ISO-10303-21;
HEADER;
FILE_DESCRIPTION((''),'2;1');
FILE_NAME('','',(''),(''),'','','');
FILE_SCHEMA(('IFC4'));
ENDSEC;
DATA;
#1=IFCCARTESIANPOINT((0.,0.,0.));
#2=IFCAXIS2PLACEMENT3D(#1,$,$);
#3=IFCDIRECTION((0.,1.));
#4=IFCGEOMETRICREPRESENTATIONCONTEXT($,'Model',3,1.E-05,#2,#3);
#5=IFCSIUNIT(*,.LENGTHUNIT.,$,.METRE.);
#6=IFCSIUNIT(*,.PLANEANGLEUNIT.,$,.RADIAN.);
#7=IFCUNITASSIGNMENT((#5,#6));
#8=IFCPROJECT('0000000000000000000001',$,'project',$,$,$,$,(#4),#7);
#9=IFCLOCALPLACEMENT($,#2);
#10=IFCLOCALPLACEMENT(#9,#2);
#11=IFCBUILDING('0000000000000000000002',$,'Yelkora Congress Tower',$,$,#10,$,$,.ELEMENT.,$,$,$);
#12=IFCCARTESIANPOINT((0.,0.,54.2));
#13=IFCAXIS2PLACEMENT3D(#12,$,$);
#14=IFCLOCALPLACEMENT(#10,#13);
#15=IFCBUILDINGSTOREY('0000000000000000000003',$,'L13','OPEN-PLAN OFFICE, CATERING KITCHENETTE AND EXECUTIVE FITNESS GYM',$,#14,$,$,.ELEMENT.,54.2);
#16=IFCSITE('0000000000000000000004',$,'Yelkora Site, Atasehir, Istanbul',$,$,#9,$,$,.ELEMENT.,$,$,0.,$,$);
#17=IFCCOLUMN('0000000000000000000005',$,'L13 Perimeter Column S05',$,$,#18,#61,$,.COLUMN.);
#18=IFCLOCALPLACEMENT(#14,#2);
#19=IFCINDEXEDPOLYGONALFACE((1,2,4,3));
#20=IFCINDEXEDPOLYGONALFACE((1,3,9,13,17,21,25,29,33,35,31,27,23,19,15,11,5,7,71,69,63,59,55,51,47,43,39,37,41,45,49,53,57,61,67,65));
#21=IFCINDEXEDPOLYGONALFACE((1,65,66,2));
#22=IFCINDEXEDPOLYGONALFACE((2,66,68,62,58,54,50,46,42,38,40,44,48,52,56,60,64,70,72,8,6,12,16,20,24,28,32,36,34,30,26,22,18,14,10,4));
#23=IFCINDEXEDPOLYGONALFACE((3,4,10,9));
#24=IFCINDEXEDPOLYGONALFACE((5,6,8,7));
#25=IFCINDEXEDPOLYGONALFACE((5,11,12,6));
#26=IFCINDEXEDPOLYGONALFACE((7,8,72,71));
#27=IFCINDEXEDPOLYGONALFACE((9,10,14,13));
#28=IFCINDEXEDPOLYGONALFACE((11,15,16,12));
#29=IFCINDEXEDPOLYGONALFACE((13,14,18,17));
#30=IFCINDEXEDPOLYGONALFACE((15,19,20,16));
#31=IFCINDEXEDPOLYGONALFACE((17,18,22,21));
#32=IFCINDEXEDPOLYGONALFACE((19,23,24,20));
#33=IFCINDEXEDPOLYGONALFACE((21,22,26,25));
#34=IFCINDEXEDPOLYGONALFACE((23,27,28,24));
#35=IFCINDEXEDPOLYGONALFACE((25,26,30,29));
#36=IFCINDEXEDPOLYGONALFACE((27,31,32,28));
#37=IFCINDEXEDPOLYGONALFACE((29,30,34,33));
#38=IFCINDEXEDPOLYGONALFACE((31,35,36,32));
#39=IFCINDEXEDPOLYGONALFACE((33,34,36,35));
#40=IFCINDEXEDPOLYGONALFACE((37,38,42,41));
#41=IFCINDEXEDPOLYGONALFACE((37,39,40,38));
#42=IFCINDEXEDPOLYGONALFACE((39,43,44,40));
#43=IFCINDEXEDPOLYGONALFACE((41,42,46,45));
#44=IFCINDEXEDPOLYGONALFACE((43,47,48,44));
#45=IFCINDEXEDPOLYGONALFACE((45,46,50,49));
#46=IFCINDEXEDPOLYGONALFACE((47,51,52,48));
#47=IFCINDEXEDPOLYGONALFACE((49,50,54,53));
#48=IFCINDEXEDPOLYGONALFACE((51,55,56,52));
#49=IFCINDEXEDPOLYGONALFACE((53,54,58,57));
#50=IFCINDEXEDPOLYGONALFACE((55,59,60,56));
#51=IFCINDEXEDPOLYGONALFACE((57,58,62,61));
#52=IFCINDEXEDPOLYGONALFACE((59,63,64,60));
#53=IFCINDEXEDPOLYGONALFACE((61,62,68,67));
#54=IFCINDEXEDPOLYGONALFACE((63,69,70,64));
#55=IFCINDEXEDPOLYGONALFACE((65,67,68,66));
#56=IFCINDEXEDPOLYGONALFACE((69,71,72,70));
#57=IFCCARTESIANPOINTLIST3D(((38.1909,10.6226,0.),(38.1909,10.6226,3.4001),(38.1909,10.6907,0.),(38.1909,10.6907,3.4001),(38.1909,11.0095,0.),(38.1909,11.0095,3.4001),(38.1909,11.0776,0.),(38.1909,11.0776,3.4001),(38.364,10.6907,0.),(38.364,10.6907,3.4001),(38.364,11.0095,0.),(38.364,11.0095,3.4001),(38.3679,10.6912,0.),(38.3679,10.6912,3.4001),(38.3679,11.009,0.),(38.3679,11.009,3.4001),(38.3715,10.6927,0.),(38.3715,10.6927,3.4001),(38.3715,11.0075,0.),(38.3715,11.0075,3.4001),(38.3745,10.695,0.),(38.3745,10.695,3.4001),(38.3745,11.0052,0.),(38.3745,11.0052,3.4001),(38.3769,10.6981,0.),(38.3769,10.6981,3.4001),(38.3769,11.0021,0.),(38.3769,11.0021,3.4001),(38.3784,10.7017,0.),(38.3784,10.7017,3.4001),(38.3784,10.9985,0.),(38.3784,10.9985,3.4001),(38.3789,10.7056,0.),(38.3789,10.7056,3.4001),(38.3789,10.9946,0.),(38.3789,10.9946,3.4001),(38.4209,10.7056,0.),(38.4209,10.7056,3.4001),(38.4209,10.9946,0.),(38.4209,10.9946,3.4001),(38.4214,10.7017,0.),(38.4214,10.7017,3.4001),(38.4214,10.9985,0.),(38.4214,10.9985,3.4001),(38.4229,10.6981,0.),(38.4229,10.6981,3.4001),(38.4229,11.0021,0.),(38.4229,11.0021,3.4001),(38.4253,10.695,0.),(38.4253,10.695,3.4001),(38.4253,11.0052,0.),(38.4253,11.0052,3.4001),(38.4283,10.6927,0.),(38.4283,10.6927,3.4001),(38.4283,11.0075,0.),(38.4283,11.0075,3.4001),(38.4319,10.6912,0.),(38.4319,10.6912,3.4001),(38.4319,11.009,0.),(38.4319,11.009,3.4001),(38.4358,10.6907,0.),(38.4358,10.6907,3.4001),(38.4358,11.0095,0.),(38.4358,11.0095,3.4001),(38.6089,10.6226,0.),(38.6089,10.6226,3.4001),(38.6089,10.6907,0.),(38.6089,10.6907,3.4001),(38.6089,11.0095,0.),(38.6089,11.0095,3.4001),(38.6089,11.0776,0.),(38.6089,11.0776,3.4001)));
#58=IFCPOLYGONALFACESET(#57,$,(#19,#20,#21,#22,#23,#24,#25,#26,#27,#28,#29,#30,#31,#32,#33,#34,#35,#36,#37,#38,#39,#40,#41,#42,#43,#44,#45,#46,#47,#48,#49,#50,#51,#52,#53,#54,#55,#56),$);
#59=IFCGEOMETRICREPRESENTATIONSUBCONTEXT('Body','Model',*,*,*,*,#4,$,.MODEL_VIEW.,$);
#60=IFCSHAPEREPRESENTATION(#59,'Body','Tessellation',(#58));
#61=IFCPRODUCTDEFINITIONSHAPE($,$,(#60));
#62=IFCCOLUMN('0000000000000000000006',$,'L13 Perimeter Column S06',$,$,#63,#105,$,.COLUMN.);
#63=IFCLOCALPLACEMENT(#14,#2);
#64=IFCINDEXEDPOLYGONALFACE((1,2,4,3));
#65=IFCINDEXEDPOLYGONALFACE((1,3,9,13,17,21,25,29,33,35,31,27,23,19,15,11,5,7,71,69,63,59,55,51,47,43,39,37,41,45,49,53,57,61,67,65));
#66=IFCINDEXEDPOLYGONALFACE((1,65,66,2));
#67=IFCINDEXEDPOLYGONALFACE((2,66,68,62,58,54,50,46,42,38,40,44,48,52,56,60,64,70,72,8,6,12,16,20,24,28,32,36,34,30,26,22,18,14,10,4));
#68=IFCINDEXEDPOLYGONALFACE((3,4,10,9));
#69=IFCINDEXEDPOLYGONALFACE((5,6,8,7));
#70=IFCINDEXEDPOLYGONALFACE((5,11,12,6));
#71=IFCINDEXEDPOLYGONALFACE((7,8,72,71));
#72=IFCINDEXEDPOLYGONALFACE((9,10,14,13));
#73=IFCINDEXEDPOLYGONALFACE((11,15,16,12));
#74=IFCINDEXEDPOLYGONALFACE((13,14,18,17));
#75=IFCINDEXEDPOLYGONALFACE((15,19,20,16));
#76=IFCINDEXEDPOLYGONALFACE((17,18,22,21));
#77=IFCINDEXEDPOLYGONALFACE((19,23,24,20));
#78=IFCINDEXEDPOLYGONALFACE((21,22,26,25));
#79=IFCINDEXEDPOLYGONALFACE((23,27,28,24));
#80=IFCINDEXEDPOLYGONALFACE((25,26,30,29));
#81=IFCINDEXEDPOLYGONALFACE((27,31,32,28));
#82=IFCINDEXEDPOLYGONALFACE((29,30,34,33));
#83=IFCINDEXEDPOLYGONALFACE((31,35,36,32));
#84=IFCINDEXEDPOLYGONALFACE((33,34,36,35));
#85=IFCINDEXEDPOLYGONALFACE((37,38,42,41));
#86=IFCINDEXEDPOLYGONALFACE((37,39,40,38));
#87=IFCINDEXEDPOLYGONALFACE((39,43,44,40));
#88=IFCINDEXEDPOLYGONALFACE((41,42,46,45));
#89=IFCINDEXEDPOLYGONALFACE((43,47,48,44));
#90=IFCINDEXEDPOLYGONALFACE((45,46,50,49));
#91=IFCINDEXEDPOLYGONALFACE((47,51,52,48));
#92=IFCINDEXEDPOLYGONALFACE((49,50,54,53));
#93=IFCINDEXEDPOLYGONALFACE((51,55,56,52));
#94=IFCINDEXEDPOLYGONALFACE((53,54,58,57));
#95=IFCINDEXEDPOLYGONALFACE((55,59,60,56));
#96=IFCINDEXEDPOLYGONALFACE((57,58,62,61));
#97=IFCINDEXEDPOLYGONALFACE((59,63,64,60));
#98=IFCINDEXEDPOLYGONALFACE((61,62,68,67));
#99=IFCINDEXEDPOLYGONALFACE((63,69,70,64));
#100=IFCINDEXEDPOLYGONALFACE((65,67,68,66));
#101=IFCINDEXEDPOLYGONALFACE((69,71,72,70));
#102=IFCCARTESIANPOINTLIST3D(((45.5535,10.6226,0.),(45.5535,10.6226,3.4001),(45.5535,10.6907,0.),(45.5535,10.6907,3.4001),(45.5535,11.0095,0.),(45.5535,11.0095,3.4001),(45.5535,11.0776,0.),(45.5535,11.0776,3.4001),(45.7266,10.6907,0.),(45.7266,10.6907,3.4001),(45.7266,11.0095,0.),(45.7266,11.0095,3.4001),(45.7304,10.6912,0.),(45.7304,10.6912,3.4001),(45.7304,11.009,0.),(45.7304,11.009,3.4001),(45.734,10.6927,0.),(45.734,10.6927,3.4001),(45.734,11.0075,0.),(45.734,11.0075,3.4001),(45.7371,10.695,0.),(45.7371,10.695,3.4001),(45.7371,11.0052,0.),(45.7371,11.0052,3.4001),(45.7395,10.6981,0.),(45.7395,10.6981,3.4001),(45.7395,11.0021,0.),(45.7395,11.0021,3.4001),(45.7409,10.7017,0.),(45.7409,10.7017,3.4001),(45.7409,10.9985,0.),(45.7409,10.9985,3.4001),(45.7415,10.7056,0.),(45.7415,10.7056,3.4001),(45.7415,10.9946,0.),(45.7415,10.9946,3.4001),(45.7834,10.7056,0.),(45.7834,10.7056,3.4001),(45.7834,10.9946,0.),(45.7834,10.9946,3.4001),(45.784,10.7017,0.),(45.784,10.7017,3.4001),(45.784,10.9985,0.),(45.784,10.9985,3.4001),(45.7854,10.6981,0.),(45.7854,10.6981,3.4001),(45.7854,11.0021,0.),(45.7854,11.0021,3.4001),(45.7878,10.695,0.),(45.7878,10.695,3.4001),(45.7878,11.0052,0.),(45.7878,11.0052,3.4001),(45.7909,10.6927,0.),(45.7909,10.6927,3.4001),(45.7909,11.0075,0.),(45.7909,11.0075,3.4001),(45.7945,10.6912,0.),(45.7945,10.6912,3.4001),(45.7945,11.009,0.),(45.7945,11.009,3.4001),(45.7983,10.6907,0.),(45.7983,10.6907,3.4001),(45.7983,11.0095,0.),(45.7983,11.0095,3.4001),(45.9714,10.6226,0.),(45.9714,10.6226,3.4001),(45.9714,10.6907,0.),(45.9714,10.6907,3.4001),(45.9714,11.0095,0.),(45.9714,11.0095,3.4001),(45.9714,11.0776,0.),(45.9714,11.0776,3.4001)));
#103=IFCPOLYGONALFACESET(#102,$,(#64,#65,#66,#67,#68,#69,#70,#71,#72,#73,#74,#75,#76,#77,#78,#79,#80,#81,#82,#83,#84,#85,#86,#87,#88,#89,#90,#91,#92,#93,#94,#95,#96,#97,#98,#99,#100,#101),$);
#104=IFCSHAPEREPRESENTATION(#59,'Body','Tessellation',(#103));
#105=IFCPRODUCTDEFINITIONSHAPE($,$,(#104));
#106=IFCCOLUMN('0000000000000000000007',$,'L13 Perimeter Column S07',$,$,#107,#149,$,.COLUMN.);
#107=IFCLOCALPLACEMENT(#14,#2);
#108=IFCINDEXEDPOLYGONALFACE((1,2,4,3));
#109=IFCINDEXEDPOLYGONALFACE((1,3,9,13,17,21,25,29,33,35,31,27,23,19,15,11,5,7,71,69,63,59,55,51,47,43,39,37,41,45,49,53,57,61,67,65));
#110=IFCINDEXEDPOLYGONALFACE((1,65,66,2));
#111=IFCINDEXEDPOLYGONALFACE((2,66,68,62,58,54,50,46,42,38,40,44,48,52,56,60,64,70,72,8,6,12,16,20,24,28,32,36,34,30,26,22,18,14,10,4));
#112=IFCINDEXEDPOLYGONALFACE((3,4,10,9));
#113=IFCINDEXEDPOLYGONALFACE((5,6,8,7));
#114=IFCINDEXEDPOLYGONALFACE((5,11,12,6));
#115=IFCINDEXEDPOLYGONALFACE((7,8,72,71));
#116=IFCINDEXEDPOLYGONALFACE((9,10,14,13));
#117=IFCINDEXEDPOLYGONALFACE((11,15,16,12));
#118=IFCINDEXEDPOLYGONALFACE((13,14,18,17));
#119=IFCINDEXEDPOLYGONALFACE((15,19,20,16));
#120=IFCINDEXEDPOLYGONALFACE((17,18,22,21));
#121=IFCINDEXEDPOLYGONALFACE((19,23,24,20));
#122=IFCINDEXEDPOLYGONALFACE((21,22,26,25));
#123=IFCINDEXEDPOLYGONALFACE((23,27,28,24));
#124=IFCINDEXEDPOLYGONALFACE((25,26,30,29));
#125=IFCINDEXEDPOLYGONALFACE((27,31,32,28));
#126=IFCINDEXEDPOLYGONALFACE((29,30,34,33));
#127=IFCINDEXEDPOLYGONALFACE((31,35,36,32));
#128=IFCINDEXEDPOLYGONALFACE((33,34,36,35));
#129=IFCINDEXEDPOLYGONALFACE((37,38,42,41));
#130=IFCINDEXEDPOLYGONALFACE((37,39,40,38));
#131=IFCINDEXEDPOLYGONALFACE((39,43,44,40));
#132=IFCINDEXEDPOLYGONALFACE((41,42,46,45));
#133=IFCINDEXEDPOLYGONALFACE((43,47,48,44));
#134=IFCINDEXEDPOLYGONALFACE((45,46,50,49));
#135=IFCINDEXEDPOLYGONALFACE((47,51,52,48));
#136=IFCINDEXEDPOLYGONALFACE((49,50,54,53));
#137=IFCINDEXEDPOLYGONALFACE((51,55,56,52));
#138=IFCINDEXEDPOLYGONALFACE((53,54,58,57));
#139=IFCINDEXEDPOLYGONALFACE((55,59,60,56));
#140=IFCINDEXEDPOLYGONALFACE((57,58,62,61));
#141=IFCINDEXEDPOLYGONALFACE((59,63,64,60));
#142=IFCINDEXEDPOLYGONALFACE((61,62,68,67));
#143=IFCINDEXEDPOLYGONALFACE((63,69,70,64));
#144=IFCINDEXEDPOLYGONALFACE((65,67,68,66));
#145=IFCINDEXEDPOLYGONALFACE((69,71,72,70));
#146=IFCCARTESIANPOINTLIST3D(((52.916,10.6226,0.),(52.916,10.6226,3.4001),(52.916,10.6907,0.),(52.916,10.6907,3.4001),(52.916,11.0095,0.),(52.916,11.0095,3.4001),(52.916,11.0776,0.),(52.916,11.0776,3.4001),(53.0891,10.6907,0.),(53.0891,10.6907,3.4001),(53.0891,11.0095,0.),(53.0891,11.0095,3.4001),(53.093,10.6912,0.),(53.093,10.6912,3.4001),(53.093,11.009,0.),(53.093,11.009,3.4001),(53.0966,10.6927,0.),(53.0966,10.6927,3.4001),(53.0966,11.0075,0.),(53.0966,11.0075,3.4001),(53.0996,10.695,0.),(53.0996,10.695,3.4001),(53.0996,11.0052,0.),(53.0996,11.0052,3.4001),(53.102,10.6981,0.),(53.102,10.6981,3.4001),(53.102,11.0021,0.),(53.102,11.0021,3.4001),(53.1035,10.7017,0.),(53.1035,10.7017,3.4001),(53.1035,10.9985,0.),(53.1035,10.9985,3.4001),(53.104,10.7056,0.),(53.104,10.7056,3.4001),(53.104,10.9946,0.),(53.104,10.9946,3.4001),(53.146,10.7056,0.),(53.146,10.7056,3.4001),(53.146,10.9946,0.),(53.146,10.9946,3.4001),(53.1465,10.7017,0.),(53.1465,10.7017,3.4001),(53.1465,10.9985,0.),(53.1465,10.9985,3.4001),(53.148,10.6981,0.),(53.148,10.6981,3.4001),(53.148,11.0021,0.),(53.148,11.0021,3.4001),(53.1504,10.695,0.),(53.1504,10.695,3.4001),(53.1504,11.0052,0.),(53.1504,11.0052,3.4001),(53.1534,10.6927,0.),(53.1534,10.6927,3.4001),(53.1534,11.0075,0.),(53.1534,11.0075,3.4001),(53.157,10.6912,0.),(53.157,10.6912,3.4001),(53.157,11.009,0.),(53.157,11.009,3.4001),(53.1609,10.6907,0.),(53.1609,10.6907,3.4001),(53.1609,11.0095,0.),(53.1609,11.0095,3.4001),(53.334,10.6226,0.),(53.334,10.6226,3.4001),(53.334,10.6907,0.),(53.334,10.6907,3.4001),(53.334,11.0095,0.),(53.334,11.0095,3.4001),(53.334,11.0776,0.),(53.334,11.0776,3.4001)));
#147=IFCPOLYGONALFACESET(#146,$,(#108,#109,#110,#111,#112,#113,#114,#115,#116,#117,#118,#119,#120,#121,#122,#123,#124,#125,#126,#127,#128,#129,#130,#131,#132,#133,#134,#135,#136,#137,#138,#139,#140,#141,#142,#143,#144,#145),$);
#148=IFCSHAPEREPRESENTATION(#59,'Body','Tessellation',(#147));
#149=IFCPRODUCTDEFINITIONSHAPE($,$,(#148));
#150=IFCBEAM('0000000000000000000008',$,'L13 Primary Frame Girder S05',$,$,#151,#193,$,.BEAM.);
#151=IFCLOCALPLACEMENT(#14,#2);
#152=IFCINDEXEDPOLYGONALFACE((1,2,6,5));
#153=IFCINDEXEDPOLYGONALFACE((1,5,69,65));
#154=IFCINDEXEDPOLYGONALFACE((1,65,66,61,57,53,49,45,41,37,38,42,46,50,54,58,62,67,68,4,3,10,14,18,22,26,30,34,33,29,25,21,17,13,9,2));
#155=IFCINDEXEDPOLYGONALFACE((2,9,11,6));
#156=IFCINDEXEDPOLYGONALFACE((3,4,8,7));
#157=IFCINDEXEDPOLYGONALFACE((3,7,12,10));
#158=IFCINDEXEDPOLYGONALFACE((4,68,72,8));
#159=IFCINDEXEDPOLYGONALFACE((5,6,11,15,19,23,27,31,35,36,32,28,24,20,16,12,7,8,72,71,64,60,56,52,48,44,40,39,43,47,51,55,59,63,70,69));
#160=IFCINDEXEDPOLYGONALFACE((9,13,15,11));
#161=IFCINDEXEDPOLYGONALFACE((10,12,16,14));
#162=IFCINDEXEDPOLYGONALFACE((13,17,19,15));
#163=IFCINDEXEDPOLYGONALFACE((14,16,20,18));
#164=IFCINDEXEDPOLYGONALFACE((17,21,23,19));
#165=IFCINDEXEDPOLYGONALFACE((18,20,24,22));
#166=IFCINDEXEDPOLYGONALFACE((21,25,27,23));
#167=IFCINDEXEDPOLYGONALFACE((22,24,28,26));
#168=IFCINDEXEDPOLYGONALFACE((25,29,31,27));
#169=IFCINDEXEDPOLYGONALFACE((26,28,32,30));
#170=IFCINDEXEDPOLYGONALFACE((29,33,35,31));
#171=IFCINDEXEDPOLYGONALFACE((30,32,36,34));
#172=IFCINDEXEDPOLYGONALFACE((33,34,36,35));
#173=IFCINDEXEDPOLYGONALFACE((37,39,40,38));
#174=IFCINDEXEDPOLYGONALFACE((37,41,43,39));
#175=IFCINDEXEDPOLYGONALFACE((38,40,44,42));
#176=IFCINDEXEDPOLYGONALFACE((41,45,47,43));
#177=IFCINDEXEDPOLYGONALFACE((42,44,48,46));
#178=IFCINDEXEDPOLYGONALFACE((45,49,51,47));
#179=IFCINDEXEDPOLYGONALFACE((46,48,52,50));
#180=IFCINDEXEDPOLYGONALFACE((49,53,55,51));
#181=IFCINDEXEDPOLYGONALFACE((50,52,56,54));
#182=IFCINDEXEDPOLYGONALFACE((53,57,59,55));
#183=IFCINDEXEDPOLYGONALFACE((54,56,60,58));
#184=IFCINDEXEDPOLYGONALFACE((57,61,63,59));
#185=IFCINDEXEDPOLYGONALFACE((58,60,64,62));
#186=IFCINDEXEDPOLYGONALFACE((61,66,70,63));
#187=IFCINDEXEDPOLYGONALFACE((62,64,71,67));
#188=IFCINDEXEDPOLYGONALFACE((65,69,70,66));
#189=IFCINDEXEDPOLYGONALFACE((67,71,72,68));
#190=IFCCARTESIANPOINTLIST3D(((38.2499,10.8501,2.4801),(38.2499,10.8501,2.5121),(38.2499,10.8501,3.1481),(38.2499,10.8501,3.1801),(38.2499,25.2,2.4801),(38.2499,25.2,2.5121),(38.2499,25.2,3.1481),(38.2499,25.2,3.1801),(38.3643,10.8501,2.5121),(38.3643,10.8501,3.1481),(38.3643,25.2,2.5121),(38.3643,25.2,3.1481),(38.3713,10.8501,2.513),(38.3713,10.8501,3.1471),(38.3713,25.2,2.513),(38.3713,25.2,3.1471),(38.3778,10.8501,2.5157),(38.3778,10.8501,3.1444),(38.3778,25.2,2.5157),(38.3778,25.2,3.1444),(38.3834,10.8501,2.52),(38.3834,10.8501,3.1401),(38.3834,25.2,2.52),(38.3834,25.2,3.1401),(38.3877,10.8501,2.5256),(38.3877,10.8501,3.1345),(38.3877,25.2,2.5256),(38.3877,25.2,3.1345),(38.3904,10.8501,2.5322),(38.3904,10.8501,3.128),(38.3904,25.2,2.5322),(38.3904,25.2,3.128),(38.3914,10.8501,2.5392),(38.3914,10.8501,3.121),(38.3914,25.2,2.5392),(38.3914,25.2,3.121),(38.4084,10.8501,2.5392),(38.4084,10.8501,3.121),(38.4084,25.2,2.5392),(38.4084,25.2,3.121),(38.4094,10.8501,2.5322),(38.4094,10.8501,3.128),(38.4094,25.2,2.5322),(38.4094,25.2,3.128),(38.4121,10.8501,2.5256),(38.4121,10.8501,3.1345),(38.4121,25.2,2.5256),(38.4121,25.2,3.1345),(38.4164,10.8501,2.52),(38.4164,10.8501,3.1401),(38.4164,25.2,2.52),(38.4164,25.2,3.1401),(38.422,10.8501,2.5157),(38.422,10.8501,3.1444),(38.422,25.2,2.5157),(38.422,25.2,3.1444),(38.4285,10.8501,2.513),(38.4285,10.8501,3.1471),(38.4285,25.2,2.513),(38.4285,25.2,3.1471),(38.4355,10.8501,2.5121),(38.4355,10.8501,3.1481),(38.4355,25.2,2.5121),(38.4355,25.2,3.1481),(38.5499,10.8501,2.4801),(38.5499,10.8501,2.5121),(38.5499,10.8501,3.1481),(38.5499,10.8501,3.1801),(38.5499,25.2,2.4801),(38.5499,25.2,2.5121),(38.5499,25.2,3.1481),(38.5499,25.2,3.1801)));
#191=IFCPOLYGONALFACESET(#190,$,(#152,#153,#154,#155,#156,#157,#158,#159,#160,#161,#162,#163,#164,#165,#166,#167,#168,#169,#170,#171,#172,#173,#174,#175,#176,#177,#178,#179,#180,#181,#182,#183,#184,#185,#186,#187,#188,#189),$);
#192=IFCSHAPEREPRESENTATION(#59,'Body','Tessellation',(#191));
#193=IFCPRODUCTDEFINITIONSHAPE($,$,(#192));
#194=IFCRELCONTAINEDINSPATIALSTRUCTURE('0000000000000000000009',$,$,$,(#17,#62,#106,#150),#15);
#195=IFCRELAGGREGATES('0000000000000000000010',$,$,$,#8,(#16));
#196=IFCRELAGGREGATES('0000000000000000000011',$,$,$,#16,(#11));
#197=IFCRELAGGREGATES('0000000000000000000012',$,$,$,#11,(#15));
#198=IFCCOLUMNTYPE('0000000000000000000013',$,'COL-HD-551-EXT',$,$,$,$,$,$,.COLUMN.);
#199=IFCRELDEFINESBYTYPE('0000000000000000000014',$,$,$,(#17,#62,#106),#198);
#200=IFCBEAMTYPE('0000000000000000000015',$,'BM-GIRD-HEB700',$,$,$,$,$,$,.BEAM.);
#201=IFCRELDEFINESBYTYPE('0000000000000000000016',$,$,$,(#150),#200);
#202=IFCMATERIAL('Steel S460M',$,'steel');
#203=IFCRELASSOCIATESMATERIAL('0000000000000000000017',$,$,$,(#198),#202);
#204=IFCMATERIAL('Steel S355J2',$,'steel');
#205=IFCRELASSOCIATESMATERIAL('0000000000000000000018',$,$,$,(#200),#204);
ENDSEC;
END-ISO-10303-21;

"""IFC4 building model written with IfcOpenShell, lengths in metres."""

from ifc_helpers import new_model, si_unit, direction, frame, origin, origin_2d, place, context, subcontext, project, spatial, i_section, extrude, material, material_profile, profile_set, type_object, element, save


model = new_model("IFC4")

# Units and contexts
model_context = context("Model", 3, precision=1e-05, world=origin(), true_north=direction((0.0, 1.0)))
body_context = subcontext(model_context, "Body", "Model", "MODEL_VIEW")
ifc_project = project(units=[si_unit("LENGTHUNIT", "METRE"), si_unit("PLANEANGLEUNIT", "RADIAN")], contexts=[model_context])

# Site, building, storey
site_placement = place(None, origin())
site = spatial("IfcSite", under=ifc_project, at=site_placement, Name="Yelkora Site, Atasehir, Istanbul", CompositionType="ELEMENT", RefElevation=0.0)
building_placement = place(site_placement, origin())
building = spatial("IfcBuilding", under=site, at=building_placement, Name="Yelkora Congress Tower", CompositionType="ELEMENT")
storey_placement = place(building_placement, frame((0.0, 0.0, 54.2)))
storey = spatial("IfcBuildingStorey", under=building, at=storey_placement, Name="L13", Description="OPEN-PLAN OFFICE, CATERING KITCHENETTE AND EXECUTIVE FITNESS GYM", CompositionType="ELEMENT", Elevation=54.2)

# Columns
ifc_material_1 = material(Name="Steel S460M", Category="steel")
ifc_material_profile_1 = material_profile(ifc_material_1, i_section(OverallWidth=0.418, OverallDepth=0.4551, WebThickness=0.042, FlangeThickness=0.0681, FilletRadius=0.0149, at=origin_2d()), Name="HD 400x551")
ifc_profile_set_1 = profile_set([ifc_material_profile_1], Name="Steel S460M")
column_type = type_object("IfcColumnType", Name="COL-HD-551-EXT", PredefinedType="COLUMN", material=ifc_profile_set_1)
for number, where, z_axis, x_axis, name in (
    (1, (38.3999, 10.8501, 0.0), (0.0, 0.0, 1.0), (1.0, 0.0, 0.0), "L13 Perimeter Column S05"),
    (2, (45.7625, 10.8501, 0.0), (0.0, 0.0, 1.0), (1.0, 0.0, 0.0), "L13 Perimeter Column S06"),
    (3, (53.125, 10.8501, 0.0), (0.0, 0.0, 1.0), (1.0, 0.0, 0.0), "L13 Perimeter Column S07"),
):
    element("IfcColumn", number, at=place(storey_placement, frame(where, z_axis=z_axis, x_axis=x_axis)), inside=storey, type_object=column_type, Name=name, PredefinedType="COLUMN", context=body_context, shape_type="SweptSolid", body=[
        extrude(i_section(OverallWidth=0.418, OverallDepth=0.4551, WebThickness=0.042, FlangeThickness=0.0681, FilletRadius=0.0149, at=origin_2d()), origin(), (0.0, 0.0, 1.0), 3.4001),
    ])

# Beam
ifc_material_2 = material(Name="Steel S355J2", Category="steel")
ifc_material_profile_2 = material_profile(ifc_material_2, i_section(OverallWidth=0.3, OverallDepth=0.7, WebThickness=0.0171, FlangeThickness=0.032, FilletRadius=0.0271, at=origin_2d()), Name="HEB 700")
ifc_profile_set_2 = profile_set([ifc_material_profile_2], Name="Steel S355J2")
beam_type_1 = type_object("IfcBeamType", Name="BM-GIRD-HEB700", PredefinedType="BEAM", material=ifc_profile_set_2)
beam_1_placement = place(storey_placement, frame((38.3999, 10.8501, 2.8301), z_axis=(0.0, 1.0, 0.0), x_axis=(-1.0, 0.0, 0.0)))
element("IfcBeam", 4, at=beam_1_placement, inside=storey, type_object=beam_type_1, Name="L13 Primary Frame Girder S05", PredefinedType="BEAM", context=body_context, shape_type="SweptSolid", body=[
    extrude(i_section(OverallWidth=0.3, OverallDepth=0.7, WebThickness=0.0171, FlangeThickness=0.032, FilletRadius=0.0271, at=origin_2d()), origin(), (0.0, 0.0, 1.0), 14.3499),
])

save(model, "model.ifc")
